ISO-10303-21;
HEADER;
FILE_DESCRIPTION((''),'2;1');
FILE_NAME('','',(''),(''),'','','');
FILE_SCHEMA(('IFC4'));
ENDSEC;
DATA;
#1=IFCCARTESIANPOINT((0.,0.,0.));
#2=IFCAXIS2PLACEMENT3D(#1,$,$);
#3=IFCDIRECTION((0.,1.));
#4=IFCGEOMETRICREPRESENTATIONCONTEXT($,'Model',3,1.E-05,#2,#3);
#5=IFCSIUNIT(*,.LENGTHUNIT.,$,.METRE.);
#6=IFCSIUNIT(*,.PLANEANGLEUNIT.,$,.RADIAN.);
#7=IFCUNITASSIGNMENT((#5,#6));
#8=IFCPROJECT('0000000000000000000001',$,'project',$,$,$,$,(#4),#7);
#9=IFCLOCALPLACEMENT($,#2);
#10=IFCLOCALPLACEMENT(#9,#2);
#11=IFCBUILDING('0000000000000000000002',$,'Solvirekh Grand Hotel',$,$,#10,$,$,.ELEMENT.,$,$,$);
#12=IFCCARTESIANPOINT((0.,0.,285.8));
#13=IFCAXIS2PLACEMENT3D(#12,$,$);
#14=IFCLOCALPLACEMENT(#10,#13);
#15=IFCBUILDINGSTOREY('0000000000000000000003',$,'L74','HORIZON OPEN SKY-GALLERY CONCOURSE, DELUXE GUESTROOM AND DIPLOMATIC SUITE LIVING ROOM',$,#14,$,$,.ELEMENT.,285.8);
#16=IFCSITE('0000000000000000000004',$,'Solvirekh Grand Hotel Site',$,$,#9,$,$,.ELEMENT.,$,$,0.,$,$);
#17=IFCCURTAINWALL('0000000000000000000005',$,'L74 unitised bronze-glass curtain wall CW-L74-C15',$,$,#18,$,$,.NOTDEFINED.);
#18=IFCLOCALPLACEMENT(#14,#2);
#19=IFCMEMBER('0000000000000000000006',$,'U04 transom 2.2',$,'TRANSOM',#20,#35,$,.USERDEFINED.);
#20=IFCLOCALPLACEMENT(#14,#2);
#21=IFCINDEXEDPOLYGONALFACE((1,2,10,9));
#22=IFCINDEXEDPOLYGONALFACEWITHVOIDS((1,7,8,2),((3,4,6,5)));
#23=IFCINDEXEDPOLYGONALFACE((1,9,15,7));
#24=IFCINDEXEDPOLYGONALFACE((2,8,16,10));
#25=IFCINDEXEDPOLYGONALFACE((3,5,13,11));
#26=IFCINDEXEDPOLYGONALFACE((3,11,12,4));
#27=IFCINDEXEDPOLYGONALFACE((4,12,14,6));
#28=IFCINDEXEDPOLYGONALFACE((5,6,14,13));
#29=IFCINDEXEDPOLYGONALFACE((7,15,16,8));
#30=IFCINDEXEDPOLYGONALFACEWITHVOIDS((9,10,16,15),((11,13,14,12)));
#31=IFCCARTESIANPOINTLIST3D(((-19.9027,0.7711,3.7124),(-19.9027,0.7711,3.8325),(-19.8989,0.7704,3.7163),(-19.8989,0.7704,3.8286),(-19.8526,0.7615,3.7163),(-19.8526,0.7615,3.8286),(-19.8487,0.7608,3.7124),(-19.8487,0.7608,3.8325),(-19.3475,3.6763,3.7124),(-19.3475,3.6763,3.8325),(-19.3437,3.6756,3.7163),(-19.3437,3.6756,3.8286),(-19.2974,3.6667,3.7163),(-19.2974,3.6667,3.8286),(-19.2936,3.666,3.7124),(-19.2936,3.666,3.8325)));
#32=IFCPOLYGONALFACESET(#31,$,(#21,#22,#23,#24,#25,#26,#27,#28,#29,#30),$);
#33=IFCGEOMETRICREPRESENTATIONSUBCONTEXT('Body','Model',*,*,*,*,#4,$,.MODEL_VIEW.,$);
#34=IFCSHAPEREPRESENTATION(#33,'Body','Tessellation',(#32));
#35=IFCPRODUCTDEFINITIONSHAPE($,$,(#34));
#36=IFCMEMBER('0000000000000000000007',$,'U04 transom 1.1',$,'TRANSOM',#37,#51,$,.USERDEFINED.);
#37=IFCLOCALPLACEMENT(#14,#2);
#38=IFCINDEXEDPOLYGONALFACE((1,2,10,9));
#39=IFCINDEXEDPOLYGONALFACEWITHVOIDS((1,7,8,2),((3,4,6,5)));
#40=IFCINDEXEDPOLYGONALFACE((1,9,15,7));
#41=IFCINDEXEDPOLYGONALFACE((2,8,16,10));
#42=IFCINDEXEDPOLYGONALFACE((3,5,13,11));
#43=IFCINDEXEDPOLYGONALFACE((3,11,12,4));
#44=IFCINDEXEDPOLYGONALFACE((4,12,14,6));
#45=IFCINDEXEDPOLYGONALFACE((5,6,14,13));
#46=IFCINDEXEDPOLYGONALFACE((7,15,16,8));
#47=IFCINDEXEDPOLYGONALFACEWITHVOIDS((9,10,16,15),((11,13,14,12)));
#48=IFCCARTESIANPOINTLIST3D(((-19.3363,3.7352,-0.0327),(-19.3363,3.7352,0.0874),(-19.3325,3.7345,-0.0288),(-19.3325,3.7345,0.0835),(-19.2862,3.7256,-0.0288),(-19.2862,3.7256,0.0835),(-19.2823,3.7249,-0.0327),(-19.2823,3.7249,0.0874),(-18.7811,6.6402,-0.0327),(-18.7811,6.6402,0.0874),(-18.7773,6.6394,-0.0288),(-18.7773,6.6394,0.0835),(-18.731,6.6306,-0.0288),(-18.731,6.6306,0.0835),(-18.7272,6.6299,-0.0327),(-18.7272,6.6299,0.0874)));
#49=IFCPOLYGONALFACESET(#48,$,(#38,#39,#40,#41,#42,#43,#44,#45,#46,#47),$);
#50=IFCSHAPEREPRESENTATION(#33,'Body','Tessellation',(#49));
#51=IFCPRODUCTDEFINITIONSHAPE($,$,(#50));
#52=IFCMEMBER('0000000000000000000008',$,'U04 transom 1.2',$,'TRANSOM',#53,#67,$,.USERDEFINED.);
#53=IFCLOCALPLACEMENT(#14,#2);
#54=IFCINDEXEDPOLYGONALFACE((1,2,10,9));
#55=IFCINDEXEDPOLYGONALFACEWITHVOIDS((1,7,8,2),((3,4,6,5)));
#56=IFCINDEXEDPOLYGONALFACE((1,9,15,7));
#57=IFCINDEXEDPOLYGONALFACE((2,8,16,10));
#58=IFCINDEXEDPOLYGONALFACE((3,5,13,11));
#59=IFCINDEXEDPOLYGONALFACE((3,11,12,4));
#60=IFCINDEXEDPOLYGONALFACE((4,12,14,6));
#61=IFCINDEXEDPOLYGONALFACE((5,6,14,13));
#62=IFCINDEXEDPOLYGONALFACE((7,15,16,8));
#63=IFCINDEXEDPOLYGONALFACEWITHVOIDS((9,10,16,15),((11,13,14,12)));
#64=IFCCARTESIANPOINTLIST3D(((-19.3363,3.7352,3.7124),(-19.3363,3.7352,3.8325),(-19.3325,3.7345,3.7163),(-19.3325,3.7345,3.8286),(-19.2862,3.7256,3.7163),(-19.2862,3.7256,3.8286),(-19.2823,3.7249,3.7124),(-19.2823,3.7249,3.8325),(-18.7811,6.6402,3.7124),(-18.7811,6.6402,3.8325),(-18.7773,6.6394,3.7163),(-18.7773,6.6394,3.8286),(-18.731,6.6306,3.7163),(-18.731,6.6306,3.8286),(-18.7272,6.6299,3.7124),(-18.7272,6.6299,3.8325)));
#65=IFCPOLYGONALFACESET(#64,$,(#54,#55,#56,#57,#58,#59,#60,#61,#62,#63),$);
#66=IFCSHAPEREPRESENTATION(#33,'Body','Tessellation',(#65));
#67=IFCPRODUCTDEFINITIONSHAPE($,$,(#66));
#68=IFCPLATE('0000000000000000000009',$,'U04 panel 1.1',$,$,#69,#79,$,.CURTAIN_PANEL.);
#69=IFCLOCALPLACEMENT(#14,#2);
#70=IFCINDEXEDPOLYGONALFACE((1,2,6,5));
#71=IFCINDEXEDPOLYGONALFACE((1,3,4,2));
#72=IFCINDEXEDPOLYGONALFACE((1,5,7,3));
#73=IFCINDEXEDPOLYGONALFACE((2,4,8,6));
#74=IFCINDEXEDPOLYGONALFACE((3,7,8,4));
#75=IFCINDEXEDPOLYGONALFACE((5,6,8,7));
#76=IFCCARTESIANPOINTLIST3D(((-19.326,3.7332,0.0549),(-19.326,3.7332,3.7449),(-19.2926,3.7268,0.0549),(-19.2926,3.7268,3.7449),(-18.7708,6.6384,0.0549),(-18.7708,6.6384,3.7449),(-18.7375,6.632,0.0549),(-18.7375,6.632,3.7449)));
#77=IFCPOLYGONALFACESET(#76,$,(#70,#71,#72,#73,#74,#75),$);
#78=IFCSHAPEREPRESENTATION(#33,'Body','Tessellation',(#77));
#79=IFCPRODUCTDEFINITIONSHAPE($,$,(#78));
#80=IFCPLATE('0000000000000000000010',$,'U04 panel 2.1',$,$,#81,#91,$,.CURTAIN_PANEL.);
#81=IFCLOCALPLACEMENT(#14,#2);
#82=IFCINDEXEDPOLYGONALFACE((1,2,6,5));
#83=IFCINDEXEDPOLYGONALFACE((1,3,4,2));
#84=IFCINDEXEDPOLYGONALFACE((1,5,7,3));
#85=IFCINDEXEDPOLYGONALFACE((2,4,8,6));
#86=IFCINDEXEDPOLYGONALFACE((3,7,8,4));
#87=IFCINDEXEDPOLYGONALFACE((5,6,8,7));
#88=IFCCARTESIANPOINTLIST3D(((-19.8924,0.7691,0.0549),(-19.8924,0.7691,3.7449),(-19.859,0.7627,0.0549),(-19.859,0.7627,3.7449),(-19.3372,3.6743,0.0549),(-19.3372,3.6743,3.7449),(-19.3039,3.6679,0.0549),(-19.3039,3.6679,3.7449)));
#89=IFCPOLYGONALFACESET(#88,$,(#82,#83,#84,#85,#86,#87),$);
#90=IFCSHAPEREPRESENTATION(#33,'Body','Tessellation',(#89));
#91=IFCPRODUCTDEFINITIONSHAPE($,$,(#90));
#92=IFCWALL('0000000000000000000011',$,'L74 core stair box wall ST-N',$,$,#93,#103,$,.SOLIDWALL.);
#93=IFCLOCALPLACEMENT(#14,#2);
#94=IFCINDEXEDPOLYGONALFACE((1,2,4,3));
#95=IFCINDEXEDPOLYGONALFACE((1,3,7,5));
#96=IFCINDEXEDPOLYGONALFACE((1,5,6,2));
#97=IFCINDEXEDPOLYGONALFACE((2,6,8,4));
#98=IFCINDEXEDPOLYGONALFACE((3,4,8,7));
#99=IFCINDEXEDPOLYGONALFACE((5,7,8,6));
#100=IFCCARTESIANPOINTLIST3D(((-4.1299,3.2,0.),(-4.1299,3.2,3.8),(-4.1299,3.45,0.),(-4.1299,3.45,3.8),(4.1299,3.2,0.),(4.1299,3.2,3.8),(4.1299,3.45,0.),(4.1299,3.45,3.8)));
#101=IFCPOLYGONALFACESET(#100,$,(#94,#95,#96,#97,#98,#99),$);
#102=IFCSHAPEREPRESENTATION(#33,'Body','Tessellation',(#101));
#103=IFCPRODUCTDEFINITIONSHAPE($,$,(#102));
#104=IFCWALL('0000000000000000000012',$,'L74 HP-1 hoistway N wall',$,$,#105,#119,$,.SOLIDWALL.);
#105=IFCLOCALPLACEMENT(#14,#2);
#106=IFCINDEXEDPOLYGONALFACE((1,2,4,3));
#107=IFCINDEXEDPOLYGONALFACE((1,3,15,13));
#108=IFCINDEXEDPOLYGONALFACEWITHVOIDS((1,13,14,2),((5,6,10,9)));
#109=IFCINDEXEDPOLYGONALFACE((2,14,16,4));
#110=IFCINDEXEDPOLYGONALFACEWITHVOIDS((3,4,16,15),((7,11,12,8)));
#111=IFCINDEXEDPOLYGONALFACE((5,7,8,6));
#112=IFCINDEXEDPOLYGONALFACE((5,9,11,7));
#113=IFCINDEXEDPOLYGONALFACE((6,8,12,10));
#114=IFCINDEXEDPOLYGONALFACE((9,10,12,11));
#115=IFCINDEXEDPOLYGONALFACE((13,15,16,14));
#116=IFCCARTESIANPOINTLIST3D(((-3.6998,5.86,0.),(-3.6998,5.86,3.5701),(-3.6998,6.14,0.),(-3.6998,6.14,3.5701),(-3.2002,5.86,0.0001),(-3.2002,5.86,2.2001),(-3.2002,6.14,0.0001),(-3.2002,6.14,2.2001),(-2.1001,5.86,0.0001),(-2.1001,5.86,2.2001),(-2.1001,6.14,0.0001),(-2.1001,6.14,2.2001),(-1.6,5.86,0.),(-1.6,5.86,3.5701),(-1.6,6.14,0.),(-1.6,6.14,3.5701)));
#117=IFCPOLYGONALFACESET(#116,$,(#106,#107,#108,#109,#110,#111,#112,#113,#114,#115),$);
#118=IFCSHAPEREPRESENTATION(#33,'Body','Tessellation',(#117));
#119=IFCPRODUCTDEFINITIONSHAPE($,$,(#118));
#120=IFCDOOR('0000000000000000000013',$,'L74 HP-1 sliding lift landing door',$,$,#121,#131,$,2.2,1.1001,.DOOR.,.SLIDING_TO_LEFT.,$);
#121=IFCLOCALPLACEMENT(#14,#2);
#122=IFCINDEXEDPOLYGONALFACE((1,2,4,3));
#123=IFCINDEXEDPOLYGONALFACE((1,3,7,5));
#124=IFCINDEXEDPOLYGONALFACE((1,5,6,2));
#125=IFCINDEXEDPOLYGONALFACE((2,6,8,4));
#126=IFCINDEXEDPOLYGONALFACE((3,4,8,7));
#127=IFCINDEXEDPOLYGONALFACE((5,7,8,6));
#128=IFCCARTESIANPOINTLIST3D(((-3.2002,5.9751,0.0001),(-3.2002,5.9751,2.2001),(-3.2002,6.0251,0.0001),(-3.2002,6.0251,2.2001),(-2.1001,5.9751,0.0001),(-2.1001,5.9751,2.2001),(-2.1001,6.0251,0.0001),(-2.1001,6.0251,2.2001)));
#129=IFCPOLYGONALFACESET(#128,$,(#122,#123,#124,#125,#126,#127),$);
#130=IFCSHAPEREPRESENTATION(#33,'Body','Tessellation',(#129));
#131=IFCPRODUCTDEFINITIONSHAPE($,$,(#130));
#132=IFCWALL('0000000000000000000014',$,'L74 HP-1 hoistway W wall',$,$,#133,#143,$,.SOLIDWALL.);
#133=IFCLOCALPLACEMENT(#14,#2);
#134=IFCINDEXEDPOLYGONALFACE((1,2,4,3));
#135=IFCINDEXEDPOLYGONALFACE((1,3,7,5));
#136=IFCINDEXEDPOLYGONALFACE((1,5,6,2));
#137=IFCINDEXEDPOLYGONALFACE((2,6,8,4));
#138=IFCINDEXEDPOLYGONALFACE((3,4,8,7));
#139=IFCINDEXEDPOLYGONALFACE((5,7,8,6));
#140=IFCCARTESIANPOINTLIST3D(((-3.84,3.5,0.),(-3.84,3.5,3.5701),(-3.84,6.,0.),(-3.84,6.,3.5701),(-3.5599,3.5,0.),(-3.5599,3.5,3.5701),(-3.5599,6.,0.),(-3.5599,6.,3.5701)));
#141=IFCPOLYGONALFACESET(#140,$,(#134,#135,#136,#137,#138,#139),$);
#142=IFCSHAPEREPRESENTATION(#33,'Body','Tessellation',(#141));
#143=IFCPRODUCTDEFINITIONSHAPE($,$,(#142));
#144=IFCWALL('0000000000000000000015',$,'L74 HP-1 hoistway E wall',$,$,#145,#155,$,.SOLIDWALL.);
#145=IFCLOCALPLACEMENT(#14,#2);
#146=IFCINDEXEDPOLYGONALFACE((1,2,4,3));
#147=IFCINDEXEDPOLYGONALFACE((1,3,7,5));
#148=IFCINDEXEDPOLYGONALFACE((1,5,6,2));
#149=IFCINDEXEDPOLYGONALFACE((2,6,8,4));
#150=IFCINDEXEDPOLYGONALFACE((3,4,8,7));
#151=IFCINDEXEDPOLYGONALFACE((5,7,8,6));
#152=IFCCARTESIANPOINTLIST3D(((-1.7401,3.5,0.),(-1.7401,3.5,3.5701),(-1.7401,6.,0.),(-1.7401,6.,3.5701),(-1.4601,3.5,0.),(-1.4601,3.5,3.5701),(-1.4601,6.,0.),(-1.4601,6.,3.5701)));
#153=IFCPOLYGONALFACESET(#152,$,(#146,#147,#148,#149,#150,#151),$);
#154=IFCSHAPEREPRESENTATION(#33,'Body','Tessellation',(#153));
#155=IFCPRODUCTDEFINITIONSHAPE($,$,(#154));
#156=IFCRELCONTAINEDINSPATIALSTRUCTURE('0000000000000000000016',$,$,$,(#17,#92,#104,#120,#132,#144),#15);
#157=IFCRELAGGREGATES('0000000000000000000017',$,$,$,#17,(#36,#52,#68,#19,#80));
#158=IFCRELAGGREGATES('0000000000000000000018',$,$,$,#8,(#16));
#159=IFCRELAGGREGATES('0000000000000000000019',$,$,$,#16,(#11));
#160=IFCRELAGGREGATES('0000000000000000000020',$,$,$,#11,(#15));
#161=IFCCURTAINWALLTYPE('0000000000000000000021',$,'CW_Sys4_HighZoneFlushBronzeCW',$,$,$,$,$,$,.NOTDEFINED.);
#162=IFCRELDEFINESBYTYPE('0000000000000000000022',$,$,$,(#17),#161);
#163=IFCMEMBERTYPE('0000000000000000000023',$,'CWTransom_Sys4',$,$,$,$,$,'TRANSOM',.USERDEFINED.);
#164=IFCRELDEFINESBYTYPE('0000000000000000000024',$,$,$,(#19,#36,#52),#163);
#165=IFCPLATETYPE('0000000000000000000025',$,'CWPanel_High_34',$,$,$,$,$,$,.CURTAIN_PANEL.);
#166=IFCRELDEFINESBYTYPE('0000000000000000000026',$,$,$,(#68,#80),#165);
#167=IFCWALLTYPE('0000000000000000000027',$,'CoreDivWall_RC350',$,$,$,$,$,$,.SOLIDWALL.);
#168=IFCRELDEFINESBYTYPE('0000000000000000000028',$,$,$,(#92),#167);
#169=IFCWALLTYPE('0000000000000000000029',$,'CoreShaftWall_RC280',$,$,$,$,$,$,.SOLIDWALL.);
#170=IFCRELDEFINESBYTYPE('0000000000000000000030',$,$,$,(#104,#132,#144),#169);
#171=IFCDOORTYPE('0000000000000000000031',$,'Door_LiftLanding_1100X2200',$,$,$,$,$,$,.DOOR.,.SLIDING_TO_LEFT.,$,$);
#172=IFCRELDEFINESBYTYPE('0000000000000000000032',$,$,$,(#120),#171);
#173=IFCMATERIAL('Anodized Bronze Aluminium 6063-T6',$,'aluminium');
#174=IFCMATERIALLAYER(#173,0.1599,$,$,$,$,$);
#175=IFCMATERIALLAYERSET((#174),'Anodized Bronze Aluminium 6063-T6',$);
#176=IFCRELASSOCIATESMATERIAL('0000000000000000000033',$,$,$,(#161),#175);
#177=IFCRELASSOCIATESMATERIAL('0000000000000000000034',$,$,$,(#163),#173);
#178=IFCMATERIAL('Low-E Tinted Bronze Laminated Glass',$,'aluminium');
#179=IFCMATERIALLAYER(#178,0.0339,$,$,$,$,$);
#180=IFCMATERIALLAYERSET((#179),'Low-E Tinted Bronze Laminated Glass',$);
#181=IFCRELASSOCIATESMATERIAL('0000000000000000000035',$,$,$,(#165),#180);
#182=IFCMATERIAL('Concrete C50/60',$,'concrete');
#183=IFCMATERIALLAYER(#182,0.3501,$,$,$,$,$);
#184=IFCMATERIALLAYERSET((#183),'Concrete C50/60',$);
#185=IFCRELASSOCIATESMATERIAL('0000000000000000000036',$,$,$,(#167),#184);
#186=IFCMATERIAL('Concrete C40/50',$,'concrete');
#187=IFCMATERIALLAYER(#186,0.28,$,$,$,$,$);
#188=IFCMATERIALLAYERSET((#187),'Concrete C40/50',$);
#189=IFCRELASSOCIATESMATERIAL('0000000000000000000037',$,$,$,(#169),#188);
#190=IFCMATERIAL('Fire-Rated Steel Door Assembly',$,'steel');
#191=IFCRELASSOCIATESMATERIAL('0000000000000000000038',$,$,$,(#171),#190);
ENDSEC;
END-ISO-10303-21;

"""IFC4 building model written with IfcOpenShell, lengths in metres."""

from ifc_helpers import new_model, si_unit, direction, frame, frame_2d, origin, origin_2d, place, context, subcontext, project, spatial, rectangle, hollow_rectangle, extrude, source, transform, mapped, material, layer, layer_set, material_profile, profile_set, type_object, element, fill, aggregate, save


model = new_model("IFC4")

# Units and contexts
model_context = context("Model", 3, precision=1e-05, world=origin(), true_north=direction((0.0, 1.0)))
body_context = subcontext(model_context, "Body", "Model", "MODEL_VIEW")
ifc_project = project(units=[si_unit("LENGTHUNIT", "METRE"), si_unit("PLANEANGLEUNIT", "RADIAN")], contexts=[model_context])

# Site, building, storey
site_placement = place(None, origin())
site = spatial("IfcSite", under=ifc_project, at=site_placement, Name="Solvirekh Grand Hotel Site", CompositionType="ELEMENT", RefElevation=0.0)
building_placement = place(site_placement, origin())
building = spatial("IfcBuilding", under=site, at=building_placement, Name="Solvirekh Grand Hotel", CompositionType="ELEMENT")
storey_placement = place(building_placement, frame((0.0, 0.0, 285.8)))
storey = spatial("IfcBuildingStorey", under=building, at=storey_placement, Name="L74", Description="HORIZON OPEN SKY-GALLERY CONCOURSE, DELUXE GUESTROOM AND DIPLOMATIC SUITE LIVING ROOM", CompositionType="ELEMENT", Elevation=285.8)

# Shared definitions
ifc_material_1 = material(Name="Concrete C50/60", Category="concrete")

# Curtain wall, members, plates
ifc_material_2 = material(Name="Anodized Bronze Aluminium 6063-T6", Category="aluminium")
ifc_layer_1 = layer(ifc_material_2, 0.1599)
ifc_layer_set_1 = layer_set([ifc_layer_1], Name="Anodized Bronze Aluminium 6063-T6")
curtain_wall_type = type_object("IfcCurtainWallType", Name="CW_Sys4_HighZoneFlushBronzeCW", PredefinedType="NOTDEFINED", material=ifc_layer_set_1)
curtain_wall_placement = place(storey_placement, origin())
curtain_wall = element("IfcCurtainWall", 1, at=curtain_wall_placement, inside=storey, type_object=curtain_wall_type, Name="L74 unitised bronze-glass curtain wall CW-L74-C15", PredefinedType="NOTDEFINED")
ifc_material_profile_1 = material_profile(ifc_material_2, hollow_rectangle(XDim=0.0549, YDim=0.1201, WallThickness=0.0039, at=origin_2d()), Name="ALU RHS 120X55X4")
ifc_profile_set_1 = profile_set([ifc_material_profile_1], Name="Anodized Bronze Aluminium 6063-T6")
member_type_1 = type_object("IfcMemberType", Name="CWTransom_Sys4", ElementType="TRANSOM", PredefinedType="USERDEFINED", material=ifc_profile_set_1)
shared_shape_1 = source(origin(), body_context, "Body", "SweptSolid", [
    extrude(hollow_rectangle(XDim=0.0549, YDim=0.1201, WallThickness=0.0039, at=origin_2d()), origin(), (0.0, 0.0, 1.0), 2.9578),
])
member_1_placement = place(storey_placement, frame((-19.3206, 3.6711, 3.7725), z_axis=(-0.187696, -0.982227, 0.0), x_axis=(0.982227, -0.187696, 0.0)))
member_1 = element("IfcMember", 2, at=member_1_placement, type_object=member_type_1, Name="U04 transom 2.2", ObjectType="TRANSOM", PredefinedType="USERDEFINED", context=body_context, shape_type="MappedRepresentation", body=[
    mapped(shared_shape_1, transform((0.0, 0.0, 0.0), x_axis=(1.0, 0.0, 0.0), y_axis=(0.0, 1.0, 0.0), z_axis=(0.0, 0.0, 1.0), scale=1.0)),
])
shared_shape_2 = source(origin(), body_context, "Body", "SweptSolid", [
    extrude(hollow_rectangle(XDim=0.0549, YDim=0.1201, WallThickness=0.0039, at=origin_2d()), origin(), (0.0, 0.0, 1.0), 2.9575),
])
member_2_placement = place(storey_placement, frame((-18.7542, 6.635, 0.0273), z_axis=(-0.187711, -0.982224, 0.0), x_axis=(0.982224, -0.187711, 0.0)))
member_2 = element("IfcMember", 3, at=member_2_placement, type_object=member_type_1, Name="U04 transom 1.1", ObjectType="TRANSOM", PredefinedType="USERDEFINED", context=body_context, shape_type="MappedRepresentation", body=[
    mapped(shared_shape_2, transform((0.0, 0.0, 0.0), x_axis=(1.0, 0.0, 0.0), y_axis=(0.0, 1.0, 0.0), z_axis=(0.0, 0.0, 1.0), scale=1.0)),
])
member_3_placement = place(storey_placement, frame((-18.7542, 6.635, 3.7725), z_axis=(-0.187711, -0.982224, 0.0), x_axis=(0.982224, -0.187711, 0.0)))
member_3 = element("IfcMember", 4, at=member_3_placement, type_object=member_type_1, Name="U04 transom 1.2", ObjectType="TRANSOM", PredefinedType="USERDEFINED", context=body_context, shape_type="MappedRepresentation", body=[
    mapped(shared_shape_2, transform((0.0, 0.0, 0.0), x_axis=(1.0, 0.0, 0.0), y_axis=(0.0, 1.0, 0.0), z_axis=(0.0, 0.0, 1.0), scale=1.0)),
])
ifc_material_3 = material(Name="Low-E Tinted Bronze Laminated Glass", Category="aluminium")
ifc_layer_2 = layer(ifc_material_3, 0.0339)
ifc_layer_set_2 = layer_set([ifc_layer_2], Name="Low-E Tinted Bronze Laminated Glass")
plate_type = type_object("IfcPlateType", Name="CWPanel_High_34", PredefinedType="CURTAIN_PANEL", material=ifc_layer_set_2)
shared_shape_3 = source(origin(), body_context, "Body", "SweptSolid", [
    extrude(rectangle(XDim=2.9578, YDim=0.0339, at=origin_2d()), origin(), (0.0, 0.0, 1.0), 3.6899),
])
plate_1_placement = place(storey_placement, frame((-19.0317, 5.1826, 0.0549), z_axis=(0.0, 0.0, 1.0), x_axis=(-0.187685, -0.982229, 0.0)))
plate_1 = element("IfcPlate", 5, at=plate_1_placement, type_object=plate_type, Name="U04 panel 1.1", PredefinedType="CURTAIN_PANEL", context=body_context, shape_type="MappedRepresentation", body=[
    mapped(shared_shape_3, transform((0.0, 0.0, 0.0), x_axis=(1.0, 0.0, 0.0), y_axis=(0.0, 1.0, 0.0), z_axis=(0.0, 0.0, 1.0), scale=1.0)),
])
plate_2_placement = place(storey_placement, frame((-19.5981, 2.2185, 0.0549), z_axis=(0.0, 0.0, 1.0), x_axis=(-0.187685, -0.982229, 0.0)))
plate_2 = element("IfcPlate", 6, at=plate_2_placement, type_object=plate_type, Name="U04 panel 2.1", PredefinedType="CURTAIN_PANEL", context=body_context, shape_type="MappedRepresentation", body=[
    mapped(shared_shape_3, transform((0.0, 0.0, 0.0), x_axis=(1.0, 0.0, 0.0), y_axis=(0.0, 1.0, 0.0), z_axis=(0.0, 0.0, 1.0), scale=1.0)),
])
aggregate(curtain_wall, [member_2, member_3, plate_1, member_1, plate_2])

# Wall
ifc_layer_3 = layer(ifc_material_1, 0.3501)
ifc_layer_set_3 = layer_set([ifc_layer_3], Name="Concrete C50/60")
wall_type_1 = type_object("IfcWallType", Name="CoreDivWall_RC350", PredefinedType="SOLIDWALL", material=ifc_layer_set_3)
wall_1_placement = place(storey_placement, frame((-4.1299, 3.325, 0.0), z_axis=(0.0, 0.0, 1.0), x_axis=(1.0, 0.0, 0.0)))
element("IfcWall", 7, at=wall_1_placement, inside=storey, type_object=wall_type_1, Name="L74 core stair box wall ST-N", PredefinedType="SOLIDWALL", context=body_context, shape_type="SweptSolid", body=[
    extrude(rectangle(XDim=8.2598, YDim=0.25, at=frame_2d((4.1299, 0.0))), origin(), (0.0, 0.0, 1.0), 3.8),
])

# Wall, opening, door
ifc_material_4 = material(Name="Concrete C40/50", Category="concrete")
ifc_layer_4 = layer(ifc_material_4, 0.28)
ifc_layer_set_4 = layer_set([ifc_layer_4], Name="Concrete C40/50")
wall_type_2 = type_object("IfcWallType", Name="CoreShaftWall_RC280", PredefinedType="SOLIDWALL", material=ifc_layer_set_4)
wall_2_placement = place(storey_placement, frame((-1.6001, 6.0, 0.0), z_axis=(0.0, 0.0, 1.0), x_axis=(-1.0, 0.0, 0.0)))
wall_2 = element("IfcWall", 8, at=wall_2_placement, inside=storey, type_object=wall_type_2, Name="L74 HP-1 hoistway N wall", PredefinedType="SOLIDWALL", context=body_context, shape_type="SweptSolid", body=[
    extrude(rectangle(XDim=2.0999, YDim=0.28, at=frame_2d((1.0498, 0.0))), origin(), (0.0, 0.0, 1.0), 3.5701),
])
opening_1_placement = place(wall_2_placement, frame((0.5, 0.0, 0.0)))
opening_1 = element("IfcOpeningElement", 9, at=opening_1_placement, cuts=wall_2, PredefinedType="OPENING", context=body_context, shape_type="SweptSolid", body=[
    extrude(rectangle(XDim=1.1001, YDim=2.2, at=frame_2d((0.55, 1.1001))), frame((0.0, 0.1499, 0.0), z_axis=(0.0, -1.0, 0.0), x_axis=(1.0, 0.0, 0.0)), (0.0, 0.0, 1.0), 0.3),
])
ifc_material_5 = material(Name="Fire-Rated Steel Door Assembly", Category="steel")
door_type_1 = type_object("IfcDoorType", Name="Door_LiftLanding_1100X2200", OperationType="SLIDING_TO_LEFT", PredefinedType="DOOR", material=ifc_material_5)
door_1_placement = place(opening_1_placement, origin())
door_1 = element("IfcDoor", 10, at=door_1_placement, inside=storey, type_object=door_type_1, Name="L74 HP-1 sliding lift landing door", OperationType="SLIDING_TO_LEFT", OverallHeight=2.2, OverallWidth=1.1001, PredefinedType="DOOR", context=body_context, shape_type="SweptSolid", body=[
    extrude(rectangle(XDim=1.1001, YDim=2.2, at=frame_2d((0.55, 1.1001))), frame((0.0, 0.0249, 0.0), z_axis=(0.0, -1.0, 0.0), x_axis=(1.0, 0.0, 0.0)), (0.0, 0.0, 1.0), 0.05),
])
fill(opening_1, door_1)

# Walls
for number, where, z_axis, x_axis, name in (
    (11, (-3.7, 6.0, 0.0), (0.0, 0.0, 1.0), (0.0, -1.0, 0.0), "L74 HP-1 hoistway W wall"),
    (12, (-1.6001, 3.5, 0.0), (0.0, 0.0, 1.0), (0.0, 1.0, 0.0), "L74 HP-1 hoistway E wall"),
):
    element("IfcWall", number, at=place(storey_placement, frame(where, z_axis=z_axis, x_axis=x_axis)), inside=storey, type_object=wall_type_2, Name=name, PredefinedType="SOLIDWALL", context=body_context, shape_type="SweptSolid", body=[
        extrude(rectangle(XDim=2.5, YDim=0.28, at=frame_2d((1.25, 0.0))), origin(), (0.0, 0.0, 1.0), 3.5701),
    ])

save(model, "model.ifc")
